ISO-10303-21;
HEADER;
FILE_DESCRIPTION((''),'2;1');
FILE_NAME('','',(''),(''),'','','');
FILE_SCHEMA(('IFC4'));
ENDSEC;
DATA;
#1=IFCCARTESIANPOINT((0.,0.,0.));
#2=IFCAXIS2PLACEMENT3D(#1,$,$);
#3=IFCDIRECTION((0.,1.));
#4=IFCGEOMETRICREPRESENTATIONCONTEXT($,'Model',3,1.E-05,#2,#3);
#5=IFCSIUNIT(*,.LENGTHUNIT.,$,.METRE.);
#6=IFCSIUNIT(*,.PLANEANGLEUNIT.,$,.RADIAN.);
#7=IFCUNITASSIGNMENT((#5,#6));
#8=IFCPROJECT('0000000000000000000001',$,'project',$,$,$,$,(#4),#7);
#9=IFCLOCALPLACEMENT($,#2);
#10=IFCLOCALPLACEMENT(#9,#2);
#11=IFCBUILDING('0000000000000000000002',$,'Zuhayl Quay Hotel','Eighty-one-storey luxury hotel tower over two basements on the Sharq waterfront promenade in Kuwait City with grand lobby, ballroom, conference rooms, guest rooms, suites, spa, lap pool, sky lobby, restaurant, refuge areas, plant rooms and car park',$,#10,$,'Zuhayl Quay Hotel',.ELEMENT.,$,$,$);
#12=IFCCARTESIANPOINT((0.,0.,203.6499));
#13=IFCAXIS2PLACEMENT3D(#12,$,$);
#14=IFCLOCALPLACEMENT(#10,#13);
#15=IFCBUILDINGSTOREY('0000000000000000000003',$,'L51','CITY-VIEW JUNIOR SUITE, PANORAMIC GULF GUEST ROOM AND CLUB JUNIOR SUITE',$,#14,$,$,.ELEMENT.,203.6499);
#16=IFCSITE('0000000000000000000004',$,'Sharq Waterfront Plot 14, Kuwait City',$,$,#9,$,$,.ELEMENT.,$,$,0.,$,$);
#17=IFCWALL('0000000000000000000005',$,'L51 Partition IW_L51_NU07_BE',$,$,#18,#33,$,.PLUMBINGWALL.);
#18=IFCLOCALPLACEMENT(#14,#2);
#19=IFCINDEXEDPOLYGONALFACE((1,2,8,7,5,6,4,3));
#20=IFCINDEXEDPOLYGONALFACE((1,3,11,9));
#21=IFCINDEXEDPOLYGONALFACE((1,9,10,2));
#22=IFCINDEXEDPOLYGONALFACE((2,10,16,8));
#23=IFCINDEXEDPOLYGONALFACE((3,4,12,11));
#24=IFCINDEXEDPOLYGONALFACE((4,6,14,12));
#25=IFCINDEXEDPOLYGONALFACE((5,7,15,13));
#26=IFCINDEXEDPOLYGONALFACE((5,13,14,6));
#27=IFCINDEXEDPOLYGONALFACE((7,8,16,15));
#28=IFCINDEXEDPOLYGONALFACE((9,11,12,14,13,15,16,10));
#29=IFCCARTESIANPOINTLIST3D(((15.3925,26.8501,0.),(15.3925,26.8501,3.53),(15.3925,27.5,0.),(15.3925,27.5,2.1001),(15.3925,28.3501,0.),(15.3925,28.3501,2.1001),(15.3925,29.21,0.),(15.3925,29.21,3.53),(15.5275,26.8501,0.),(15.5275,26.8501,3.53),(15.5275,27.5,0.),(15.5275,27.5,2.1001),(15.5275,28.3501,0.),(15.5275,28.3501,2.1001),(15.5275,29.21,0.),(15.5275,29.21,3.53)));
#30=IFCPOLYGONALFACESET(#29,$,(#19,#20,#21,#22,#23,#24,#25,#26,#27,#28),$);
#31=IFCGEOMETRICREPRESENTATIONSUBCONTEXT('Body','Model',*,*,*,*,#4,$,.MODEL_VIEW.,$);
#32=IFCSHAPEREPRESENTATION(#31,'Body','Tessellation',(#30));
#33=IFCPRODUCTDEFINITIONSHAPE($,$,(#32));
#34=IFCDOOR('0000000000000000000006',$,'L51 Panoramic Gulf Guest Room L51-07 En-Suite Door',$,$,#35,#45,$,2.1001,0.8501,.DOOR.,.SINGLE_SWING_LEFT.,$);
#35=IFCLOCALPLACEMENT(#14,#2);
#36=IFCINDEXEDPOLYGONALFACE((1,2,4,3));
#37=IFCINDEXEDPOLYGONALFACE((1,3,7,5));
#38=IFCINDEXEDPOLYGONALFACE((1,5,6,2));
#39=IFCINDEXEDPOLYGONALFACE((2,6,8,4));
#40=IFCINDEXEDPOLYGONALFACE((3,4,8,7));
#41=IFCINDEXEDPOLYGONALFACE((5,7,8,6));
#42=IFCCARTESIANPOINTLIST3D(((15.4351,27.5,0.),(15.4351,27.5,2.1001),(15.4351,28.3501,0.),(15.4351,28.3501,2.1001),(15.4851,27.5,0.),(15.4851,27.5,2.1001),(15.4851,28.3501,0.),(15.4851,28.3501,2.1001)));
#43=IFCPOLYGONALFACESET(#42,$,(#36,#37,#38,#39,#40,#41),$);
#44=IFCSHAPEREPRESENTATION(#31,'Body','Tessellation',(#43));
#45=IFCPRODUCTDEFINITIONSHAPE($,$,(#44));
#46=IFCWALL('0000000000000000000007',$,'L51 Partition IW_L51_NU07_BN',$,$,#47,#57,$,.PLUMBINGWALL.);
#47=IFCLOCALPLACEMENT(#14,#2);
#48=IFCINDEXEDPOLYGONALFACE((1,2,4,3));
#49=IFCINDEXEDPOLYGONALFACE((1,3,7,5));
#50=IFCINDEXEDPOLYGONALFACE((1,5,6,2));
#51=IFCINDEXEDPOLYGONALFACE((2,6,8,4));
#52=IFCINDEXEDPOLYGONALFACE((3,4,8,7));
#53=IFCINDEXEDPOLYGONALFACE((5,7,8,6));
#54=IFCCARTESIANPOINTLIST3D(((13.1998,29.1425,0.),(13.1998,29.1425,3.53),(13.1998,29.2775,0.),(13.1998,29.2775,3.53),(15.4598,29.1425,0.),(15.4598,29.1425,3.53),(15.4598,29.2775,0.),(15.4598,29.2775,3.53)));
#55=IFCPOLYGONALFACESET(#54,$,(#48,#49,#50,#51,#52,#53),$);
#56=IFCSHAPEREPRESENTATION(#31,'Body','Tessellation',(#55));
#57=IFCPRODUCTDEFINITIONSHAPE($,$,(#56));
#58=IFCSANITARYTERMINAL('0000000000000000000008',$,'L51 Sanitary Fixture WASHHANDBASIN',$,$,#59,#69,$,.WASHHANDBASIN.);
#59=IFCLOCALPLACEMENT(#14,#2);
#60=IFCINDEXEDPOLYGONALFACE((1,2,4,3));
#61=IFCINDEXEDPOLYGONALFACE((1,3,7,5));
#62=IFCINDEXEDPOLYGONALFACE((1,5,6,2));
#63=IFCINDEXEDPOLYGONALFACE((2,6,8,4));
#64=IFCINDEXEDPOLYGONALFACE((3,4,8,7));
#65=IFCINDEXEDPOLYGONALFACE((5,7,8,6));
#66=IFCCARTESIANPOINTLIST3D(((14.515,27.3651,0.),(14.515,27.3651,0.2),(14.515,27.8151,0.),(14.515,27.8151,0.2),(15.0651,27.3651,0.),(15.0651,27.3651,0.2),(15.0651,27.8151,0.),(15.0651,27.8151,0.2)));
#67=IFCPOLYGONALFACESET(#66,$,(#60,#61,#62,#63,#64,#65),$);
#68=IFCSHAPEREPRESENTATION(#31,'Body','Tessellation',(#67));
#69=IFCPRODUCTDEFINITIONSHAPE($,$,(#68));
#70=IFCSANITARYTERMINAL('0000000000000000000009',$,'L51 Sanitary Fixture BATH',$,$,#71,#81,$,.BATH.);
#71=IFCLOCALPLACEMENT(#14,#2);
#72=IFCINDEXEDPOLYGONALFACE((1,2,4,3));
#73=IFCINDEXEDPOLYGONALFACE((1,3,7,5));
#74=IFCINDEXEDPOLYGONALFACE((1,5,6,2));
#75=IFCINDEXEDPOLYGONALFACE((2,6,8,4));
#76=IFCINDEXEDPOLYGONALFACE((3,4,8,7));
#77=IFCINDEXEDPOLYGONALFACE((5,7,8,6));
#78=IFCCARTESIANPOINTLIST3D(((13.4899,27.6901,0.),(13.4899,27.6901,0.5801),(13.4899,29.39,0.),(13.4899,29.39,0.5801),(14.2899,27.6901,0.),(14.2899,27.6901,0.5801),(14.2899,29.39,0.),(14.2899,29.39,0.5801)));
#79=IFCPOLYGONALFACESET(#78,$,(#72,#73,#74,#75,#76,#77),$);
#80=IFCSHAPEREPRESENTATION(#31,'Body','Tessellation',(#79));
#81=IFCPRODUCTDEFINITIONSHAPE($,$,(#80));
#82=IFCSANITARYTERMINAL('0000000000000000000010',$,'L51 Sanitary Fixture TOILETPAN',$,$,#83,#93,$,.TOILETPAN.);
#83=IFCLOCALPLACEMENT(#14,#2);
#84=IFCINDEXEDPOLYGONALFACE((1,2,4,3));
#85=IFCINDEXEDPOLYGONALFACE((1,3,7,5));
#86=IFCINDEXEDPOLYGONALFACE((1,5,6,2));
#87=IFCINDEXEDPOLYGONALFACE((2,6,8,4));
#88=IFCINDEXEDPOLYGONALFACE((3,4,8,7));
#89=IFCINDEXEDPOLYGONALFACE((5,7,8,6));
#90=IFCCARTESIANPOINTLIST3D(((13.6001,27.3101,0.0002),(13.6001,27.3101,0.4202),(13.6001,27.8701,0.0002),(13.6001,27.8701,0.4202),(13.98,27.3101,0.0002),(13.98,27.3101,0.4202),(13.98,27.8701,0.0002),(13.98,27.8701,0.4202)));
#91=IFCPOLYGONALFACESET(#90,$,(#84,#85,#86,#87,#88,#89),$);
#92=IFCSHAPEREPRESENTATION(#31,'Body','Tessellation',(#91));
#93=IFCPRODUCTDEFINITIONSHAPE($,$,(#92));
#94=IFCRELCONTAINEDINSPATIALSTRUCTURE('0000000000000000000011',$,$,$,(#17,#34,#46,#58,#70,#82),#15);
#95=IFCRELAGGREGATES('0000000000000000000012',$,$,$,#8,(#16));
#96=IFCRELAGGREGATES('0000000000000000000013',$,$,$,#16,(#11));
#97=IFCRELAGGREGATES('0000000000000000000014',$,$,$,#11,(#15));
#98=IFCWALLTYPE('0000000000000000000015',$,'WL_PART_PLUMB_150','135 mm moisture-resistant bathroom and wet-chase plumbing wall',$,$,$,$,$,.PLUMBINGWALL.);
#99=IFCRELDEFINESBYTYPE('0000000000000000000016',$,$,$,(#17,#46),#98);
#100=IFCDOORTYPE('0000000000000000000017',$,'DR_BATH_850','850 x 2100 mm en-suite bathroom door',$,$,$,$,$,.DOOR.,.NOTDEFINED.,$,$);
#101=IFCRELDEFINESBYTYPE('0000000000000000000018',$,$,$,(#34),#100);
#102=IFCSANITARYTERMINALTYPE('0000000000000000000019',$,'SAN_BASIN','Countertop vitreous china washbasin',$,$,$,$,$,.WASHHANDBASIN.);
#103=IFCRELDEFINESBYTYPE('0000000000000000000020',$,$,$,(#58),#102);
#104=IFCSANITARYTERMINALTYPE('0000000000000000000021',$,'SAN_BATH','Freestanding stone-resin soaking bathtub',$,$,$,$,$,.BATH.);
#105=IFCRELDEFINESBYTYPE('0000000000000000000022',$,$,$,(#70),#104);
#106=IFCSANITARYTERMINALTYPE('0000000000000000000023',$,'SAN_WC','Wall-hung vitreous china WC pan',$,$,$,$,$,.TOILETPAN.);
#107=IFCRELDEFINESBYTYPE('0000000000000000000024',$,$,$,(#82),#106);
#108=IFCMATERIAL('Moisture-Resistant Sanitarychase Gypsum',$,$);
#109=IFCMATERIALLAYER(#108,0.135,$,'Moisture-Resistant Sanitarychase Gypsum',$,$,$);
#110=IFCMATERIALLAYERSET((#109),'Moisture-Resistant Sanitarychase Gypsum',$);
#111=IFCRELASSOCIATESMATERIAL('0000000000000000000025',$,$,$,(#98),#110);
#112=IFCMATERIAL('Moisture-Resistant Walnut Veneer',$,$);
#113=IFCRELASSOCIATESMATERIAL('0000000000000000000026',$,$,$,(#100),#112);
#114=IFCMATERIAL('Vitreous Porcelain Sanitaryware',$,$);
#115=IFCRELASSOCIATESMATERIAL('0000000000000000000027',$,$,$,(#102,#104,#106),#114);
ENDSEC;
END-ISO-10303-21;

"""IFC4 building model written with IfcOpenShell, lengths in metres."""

from ifc_helpers import new_model, si_unit, direction, frame, frame_2d, origin, origin_2d, place, context, subcontext, project, spatial, rectangle, extrude, material, layer, layer_set, type_object, element, fill, save


model = new_model("IFC4")

# Units and contexts
model_context = context("Model", 3, precision=1e-05, world=origin(), true_north=direction((0.0, 1.0)))
body_context = subcontext(model_context, "Body", "Model", "MODEL_VIEW")
ifc_project = project(units=[si_unit("LENGTHUNIT", "METRE"), si_unit("PLANEANGLEUNIT", "RADIAN")], contexts=[model_context])

# Site, building, storey
site_placement = place(None, origin())
site = spatial("IfcSite", under=ifc_project, at=site_placement, Name="Sharq Waterfront Plot 14, Kuwait City", CompositionType="ELEMENT", RefElevation=0.0)
building_placement = place(site_placement, origin())
building = spatial("IfcBuilding", under=site, at=building_placement, Name="Zuhayl Quay Hotel", Description="Eighty-one-storey luxury hotel tower over two basements on the Sharq waterfront promenade in Kuwait City with grand lobby, ballroom, conference rooms, guest rooms, suites, spa, lap pool, sky lobby, restaurant, refuge areas, plant rooms and car park", LongName="Zuhayl Quay Hotel", CompositionType="ELEMENT")
storey_placement = place(building_placement, frame((0.0, 0.0, 203.6499)))
storey = spatial("IfcBuildingStorey", under=building, at=storey_placement, Name="L51", Description="CITY-VIEW JUNIOR SUITE, PANORAMIC GULF GUEST ROOM AND CLUB JUNIOR SUITE", CompositionType="ELEMENT", Elevation=203.6499)

# Wall, opening, door
ifc_material_1 = material(Name="Moisture-Resistant Sanitarychase Gypsum")
ifc_layer_1 = layer(ifc_material_1, 0.135, Name="Moisture-Resistant Sanitarychase Gypsum")
ifc_layer_set_1 = layer_set([ifc_layer_1], Name="Moisture-Resistant Sanitarychase Gypsum")
wall_type_1 = type_object("IfcWallType", Name="WL_PART_PLUMB_150", Description="135 mm moisture-resistant bathroom and wet-chase plumbing wall", PredefinedType="PLUMBINGWALL", material=ifc_layer_set_1)
wall_1_placement = place(storey_placement, frame((15.46, 26.8501, 0.0), z_axis=(0.0, 0.0, 1.0), x_axis=(0.0, 1.0, 0.0)))
wall_1 = element("IfcWall", 1, at=wall_1_placement, inside=storey, type_object=wall_type_1, Name="L51 Partition IW_L51_NU07_BE", PredefinedType="PLUMBINGWALL", context=body_context, shape_type="SweptSolid", body=[
    extrude(rectangle(XDim=2.3599, YDim=0.135, at=frame_2d((1.1799, 0.0))), origin(), (0.0, 0.0, 1.0), 3.53),
])
opening_1_placement = place(wall_1_placement, frame((0.6499, 0.0, 0.0)))
opening_1 = element("IfcOpeningElement", 2, at=opening_1_placement, cuts=wall_1, PredefinedType="OPENING", context=body_context, shape_type="SweptSolid", body=[
    extrude(rectangle(XDim=0.8501, YDim=2.1001, at=frame_2d((0.425, 1.05))), frame((0.0, 0.0774, 0.0), z_axis=(0.0, -1.0, 0.0), x_axis=(1.0, 0.0, 0.0)), (0.0, 0.0, 1.0), 0.155),
])
ifc_material_2 = material(Name="Moisture-Resistant Walnut Veneer")
door_type_1 = type_object("IfcDoorType", Name="DR_BATH_850", Description="850 x 2100 mm en-suite bathroom door", OperationType="NOTDEFINED", PredefinedType="DOOR", material=ifc_material_2)
door_1_placement = place(opening_1_placement, origin())
door_1 = element("IfcDoor", 3, at=door_1_placement, inside=storey, type_object=door_type_1, Name="L51 Panoramic Gulf Guest Room L51-07 En-Suite Door", OperationType="SINGLE_SWING_LEFT", OverallHeight=2.1001, OverallWidth=0.8501, PredefinedType="DOOR", context=body_context, shape_type="SweptSolid", body=[
    extrude(rectangle(XDim=0.8501, YDim=2.1001, at=frame_2d((0.425, 1.05))), frame((0.0, 0.0249, 0.0), z_axis=(0.0, -1.0, 0.0), x_axis=(1.0, 0.0, 0.0)), (0.0, 0.0, 1.0), 0.05),
])
fill(opening_1, door_1)

# Wall
wall_2_placement = place(storey_placement, frame((13.2, 29.21, 0.0), z_axis=(0.0, 0.0, 1.0), x_axis=(1.0, 0.0, 0.0)))
element("IfcWall", 4, at=wall_2_placement, inside=storey, type_object=wall_type_1, Name="L51 Partition IW_L51_NU07_BN", PredefinedType="PLUMBINGWALL", context=body_context, shape_type="SweptSolid", body=[
    extrude(rectangle(XDim=2.26, YDim=0.135, at=frame_2d((1.1299, 0.0))), origin(), (0.0, 0.0, 1.0), 3.53),
])

# Sanitary terminals
ifc_material_3 = material(Name="Vitreous Porcelain Sanitaryware")
sanitary_terminal_type_1 = type_object("IfcSanitaryTerminalType", Name="SAN_BASIN", Description="Countertop vitreous china washbasin", PredefinedType="WASHHANDBASIN", material=ifc_material_3)
sanitary_terminal_1_placement = place(storey_placement, frame((14.79, 27.5901, 0.0), z_axis=(0.0, 0.0, 1.0), x_axis=(1.0, 0.0, 0.0)))
element("IfcSanitaryTerminal", 5, at=sanitary_terminal_1_placement, inside=storey, type_object=sanitary_terminal_type_1, Name="L51 Sanitary Fixture WASHHANDBASIN", PredefinedType="WASHHANDBASIN", context=body_context, shape_type="SweptSolid", body=[
    extrude(rectangle(XDim=0.55, YDim=0.45, at=origin_2d()), origin(), (0.0, 0.0, 1.0), 0.2),
])
sanitary_terminal_type_2 = type_object("IfcSanitaryTerminalType", Name="SAN_BATH", Description="Freestanding stone-resin soaking bathtub", PredefinedType="BATH", material=ifc_material_3)
sanitary_terminal_2_placement = place(storey_placement, frame((13.8899, 28.54, 0.0), z_axis=(0.0, 0.0, 1.0), x_axis=(1.0, 0.0, 0.0)))
element("IfcSanitaryTerminal", 6, at=sanitary_terminal_2_placement, inside=storey, type_object=sanitary_terminal_type_2, Name="L51 Sanitary Fixture BATH", PredefinedType="BATH", context=body_context, shape_type="SweptSolid", body=[
    extrude(rectangle(XDim=0.8, YDim=1.7, at=origin_2d()), origin(), (0.0, 0.0, 1.0), 0.5801),
])
sanitary_terminal_type_3 = type_object("IfcSanitaryTerminalType", Name="SAN_WC", Description="Wall-hung vitreous china WC pan", PredefinedType="TOILETPAN", material=ifc_material_3)
sanitary_terminal_3_placement = place(storey_placement, frame((13.79, 27.5901, 0.0002), z_axis=(0.0, 0.0, 1.0), x_axis=(1.0, 0.0, 0.0)))
element("IfcSanitaryTerminal", 7, at=sanitary_terminal_3_placement, inside=storey, type_object=sanitary_terminal_type_3, Name="L51 Sanitary Fixture TOILETPAN", PredefinedType="TOILETPAN", context=body_context, shape_type="SweptSolid", body=[
    extrude(rectangle(XDim=0.3799, YDim=0.5601, at=origin_2d()), origin(), (0.0, 0.0, 1.0), 0.4199),
])

save(model, "model.ifc")
